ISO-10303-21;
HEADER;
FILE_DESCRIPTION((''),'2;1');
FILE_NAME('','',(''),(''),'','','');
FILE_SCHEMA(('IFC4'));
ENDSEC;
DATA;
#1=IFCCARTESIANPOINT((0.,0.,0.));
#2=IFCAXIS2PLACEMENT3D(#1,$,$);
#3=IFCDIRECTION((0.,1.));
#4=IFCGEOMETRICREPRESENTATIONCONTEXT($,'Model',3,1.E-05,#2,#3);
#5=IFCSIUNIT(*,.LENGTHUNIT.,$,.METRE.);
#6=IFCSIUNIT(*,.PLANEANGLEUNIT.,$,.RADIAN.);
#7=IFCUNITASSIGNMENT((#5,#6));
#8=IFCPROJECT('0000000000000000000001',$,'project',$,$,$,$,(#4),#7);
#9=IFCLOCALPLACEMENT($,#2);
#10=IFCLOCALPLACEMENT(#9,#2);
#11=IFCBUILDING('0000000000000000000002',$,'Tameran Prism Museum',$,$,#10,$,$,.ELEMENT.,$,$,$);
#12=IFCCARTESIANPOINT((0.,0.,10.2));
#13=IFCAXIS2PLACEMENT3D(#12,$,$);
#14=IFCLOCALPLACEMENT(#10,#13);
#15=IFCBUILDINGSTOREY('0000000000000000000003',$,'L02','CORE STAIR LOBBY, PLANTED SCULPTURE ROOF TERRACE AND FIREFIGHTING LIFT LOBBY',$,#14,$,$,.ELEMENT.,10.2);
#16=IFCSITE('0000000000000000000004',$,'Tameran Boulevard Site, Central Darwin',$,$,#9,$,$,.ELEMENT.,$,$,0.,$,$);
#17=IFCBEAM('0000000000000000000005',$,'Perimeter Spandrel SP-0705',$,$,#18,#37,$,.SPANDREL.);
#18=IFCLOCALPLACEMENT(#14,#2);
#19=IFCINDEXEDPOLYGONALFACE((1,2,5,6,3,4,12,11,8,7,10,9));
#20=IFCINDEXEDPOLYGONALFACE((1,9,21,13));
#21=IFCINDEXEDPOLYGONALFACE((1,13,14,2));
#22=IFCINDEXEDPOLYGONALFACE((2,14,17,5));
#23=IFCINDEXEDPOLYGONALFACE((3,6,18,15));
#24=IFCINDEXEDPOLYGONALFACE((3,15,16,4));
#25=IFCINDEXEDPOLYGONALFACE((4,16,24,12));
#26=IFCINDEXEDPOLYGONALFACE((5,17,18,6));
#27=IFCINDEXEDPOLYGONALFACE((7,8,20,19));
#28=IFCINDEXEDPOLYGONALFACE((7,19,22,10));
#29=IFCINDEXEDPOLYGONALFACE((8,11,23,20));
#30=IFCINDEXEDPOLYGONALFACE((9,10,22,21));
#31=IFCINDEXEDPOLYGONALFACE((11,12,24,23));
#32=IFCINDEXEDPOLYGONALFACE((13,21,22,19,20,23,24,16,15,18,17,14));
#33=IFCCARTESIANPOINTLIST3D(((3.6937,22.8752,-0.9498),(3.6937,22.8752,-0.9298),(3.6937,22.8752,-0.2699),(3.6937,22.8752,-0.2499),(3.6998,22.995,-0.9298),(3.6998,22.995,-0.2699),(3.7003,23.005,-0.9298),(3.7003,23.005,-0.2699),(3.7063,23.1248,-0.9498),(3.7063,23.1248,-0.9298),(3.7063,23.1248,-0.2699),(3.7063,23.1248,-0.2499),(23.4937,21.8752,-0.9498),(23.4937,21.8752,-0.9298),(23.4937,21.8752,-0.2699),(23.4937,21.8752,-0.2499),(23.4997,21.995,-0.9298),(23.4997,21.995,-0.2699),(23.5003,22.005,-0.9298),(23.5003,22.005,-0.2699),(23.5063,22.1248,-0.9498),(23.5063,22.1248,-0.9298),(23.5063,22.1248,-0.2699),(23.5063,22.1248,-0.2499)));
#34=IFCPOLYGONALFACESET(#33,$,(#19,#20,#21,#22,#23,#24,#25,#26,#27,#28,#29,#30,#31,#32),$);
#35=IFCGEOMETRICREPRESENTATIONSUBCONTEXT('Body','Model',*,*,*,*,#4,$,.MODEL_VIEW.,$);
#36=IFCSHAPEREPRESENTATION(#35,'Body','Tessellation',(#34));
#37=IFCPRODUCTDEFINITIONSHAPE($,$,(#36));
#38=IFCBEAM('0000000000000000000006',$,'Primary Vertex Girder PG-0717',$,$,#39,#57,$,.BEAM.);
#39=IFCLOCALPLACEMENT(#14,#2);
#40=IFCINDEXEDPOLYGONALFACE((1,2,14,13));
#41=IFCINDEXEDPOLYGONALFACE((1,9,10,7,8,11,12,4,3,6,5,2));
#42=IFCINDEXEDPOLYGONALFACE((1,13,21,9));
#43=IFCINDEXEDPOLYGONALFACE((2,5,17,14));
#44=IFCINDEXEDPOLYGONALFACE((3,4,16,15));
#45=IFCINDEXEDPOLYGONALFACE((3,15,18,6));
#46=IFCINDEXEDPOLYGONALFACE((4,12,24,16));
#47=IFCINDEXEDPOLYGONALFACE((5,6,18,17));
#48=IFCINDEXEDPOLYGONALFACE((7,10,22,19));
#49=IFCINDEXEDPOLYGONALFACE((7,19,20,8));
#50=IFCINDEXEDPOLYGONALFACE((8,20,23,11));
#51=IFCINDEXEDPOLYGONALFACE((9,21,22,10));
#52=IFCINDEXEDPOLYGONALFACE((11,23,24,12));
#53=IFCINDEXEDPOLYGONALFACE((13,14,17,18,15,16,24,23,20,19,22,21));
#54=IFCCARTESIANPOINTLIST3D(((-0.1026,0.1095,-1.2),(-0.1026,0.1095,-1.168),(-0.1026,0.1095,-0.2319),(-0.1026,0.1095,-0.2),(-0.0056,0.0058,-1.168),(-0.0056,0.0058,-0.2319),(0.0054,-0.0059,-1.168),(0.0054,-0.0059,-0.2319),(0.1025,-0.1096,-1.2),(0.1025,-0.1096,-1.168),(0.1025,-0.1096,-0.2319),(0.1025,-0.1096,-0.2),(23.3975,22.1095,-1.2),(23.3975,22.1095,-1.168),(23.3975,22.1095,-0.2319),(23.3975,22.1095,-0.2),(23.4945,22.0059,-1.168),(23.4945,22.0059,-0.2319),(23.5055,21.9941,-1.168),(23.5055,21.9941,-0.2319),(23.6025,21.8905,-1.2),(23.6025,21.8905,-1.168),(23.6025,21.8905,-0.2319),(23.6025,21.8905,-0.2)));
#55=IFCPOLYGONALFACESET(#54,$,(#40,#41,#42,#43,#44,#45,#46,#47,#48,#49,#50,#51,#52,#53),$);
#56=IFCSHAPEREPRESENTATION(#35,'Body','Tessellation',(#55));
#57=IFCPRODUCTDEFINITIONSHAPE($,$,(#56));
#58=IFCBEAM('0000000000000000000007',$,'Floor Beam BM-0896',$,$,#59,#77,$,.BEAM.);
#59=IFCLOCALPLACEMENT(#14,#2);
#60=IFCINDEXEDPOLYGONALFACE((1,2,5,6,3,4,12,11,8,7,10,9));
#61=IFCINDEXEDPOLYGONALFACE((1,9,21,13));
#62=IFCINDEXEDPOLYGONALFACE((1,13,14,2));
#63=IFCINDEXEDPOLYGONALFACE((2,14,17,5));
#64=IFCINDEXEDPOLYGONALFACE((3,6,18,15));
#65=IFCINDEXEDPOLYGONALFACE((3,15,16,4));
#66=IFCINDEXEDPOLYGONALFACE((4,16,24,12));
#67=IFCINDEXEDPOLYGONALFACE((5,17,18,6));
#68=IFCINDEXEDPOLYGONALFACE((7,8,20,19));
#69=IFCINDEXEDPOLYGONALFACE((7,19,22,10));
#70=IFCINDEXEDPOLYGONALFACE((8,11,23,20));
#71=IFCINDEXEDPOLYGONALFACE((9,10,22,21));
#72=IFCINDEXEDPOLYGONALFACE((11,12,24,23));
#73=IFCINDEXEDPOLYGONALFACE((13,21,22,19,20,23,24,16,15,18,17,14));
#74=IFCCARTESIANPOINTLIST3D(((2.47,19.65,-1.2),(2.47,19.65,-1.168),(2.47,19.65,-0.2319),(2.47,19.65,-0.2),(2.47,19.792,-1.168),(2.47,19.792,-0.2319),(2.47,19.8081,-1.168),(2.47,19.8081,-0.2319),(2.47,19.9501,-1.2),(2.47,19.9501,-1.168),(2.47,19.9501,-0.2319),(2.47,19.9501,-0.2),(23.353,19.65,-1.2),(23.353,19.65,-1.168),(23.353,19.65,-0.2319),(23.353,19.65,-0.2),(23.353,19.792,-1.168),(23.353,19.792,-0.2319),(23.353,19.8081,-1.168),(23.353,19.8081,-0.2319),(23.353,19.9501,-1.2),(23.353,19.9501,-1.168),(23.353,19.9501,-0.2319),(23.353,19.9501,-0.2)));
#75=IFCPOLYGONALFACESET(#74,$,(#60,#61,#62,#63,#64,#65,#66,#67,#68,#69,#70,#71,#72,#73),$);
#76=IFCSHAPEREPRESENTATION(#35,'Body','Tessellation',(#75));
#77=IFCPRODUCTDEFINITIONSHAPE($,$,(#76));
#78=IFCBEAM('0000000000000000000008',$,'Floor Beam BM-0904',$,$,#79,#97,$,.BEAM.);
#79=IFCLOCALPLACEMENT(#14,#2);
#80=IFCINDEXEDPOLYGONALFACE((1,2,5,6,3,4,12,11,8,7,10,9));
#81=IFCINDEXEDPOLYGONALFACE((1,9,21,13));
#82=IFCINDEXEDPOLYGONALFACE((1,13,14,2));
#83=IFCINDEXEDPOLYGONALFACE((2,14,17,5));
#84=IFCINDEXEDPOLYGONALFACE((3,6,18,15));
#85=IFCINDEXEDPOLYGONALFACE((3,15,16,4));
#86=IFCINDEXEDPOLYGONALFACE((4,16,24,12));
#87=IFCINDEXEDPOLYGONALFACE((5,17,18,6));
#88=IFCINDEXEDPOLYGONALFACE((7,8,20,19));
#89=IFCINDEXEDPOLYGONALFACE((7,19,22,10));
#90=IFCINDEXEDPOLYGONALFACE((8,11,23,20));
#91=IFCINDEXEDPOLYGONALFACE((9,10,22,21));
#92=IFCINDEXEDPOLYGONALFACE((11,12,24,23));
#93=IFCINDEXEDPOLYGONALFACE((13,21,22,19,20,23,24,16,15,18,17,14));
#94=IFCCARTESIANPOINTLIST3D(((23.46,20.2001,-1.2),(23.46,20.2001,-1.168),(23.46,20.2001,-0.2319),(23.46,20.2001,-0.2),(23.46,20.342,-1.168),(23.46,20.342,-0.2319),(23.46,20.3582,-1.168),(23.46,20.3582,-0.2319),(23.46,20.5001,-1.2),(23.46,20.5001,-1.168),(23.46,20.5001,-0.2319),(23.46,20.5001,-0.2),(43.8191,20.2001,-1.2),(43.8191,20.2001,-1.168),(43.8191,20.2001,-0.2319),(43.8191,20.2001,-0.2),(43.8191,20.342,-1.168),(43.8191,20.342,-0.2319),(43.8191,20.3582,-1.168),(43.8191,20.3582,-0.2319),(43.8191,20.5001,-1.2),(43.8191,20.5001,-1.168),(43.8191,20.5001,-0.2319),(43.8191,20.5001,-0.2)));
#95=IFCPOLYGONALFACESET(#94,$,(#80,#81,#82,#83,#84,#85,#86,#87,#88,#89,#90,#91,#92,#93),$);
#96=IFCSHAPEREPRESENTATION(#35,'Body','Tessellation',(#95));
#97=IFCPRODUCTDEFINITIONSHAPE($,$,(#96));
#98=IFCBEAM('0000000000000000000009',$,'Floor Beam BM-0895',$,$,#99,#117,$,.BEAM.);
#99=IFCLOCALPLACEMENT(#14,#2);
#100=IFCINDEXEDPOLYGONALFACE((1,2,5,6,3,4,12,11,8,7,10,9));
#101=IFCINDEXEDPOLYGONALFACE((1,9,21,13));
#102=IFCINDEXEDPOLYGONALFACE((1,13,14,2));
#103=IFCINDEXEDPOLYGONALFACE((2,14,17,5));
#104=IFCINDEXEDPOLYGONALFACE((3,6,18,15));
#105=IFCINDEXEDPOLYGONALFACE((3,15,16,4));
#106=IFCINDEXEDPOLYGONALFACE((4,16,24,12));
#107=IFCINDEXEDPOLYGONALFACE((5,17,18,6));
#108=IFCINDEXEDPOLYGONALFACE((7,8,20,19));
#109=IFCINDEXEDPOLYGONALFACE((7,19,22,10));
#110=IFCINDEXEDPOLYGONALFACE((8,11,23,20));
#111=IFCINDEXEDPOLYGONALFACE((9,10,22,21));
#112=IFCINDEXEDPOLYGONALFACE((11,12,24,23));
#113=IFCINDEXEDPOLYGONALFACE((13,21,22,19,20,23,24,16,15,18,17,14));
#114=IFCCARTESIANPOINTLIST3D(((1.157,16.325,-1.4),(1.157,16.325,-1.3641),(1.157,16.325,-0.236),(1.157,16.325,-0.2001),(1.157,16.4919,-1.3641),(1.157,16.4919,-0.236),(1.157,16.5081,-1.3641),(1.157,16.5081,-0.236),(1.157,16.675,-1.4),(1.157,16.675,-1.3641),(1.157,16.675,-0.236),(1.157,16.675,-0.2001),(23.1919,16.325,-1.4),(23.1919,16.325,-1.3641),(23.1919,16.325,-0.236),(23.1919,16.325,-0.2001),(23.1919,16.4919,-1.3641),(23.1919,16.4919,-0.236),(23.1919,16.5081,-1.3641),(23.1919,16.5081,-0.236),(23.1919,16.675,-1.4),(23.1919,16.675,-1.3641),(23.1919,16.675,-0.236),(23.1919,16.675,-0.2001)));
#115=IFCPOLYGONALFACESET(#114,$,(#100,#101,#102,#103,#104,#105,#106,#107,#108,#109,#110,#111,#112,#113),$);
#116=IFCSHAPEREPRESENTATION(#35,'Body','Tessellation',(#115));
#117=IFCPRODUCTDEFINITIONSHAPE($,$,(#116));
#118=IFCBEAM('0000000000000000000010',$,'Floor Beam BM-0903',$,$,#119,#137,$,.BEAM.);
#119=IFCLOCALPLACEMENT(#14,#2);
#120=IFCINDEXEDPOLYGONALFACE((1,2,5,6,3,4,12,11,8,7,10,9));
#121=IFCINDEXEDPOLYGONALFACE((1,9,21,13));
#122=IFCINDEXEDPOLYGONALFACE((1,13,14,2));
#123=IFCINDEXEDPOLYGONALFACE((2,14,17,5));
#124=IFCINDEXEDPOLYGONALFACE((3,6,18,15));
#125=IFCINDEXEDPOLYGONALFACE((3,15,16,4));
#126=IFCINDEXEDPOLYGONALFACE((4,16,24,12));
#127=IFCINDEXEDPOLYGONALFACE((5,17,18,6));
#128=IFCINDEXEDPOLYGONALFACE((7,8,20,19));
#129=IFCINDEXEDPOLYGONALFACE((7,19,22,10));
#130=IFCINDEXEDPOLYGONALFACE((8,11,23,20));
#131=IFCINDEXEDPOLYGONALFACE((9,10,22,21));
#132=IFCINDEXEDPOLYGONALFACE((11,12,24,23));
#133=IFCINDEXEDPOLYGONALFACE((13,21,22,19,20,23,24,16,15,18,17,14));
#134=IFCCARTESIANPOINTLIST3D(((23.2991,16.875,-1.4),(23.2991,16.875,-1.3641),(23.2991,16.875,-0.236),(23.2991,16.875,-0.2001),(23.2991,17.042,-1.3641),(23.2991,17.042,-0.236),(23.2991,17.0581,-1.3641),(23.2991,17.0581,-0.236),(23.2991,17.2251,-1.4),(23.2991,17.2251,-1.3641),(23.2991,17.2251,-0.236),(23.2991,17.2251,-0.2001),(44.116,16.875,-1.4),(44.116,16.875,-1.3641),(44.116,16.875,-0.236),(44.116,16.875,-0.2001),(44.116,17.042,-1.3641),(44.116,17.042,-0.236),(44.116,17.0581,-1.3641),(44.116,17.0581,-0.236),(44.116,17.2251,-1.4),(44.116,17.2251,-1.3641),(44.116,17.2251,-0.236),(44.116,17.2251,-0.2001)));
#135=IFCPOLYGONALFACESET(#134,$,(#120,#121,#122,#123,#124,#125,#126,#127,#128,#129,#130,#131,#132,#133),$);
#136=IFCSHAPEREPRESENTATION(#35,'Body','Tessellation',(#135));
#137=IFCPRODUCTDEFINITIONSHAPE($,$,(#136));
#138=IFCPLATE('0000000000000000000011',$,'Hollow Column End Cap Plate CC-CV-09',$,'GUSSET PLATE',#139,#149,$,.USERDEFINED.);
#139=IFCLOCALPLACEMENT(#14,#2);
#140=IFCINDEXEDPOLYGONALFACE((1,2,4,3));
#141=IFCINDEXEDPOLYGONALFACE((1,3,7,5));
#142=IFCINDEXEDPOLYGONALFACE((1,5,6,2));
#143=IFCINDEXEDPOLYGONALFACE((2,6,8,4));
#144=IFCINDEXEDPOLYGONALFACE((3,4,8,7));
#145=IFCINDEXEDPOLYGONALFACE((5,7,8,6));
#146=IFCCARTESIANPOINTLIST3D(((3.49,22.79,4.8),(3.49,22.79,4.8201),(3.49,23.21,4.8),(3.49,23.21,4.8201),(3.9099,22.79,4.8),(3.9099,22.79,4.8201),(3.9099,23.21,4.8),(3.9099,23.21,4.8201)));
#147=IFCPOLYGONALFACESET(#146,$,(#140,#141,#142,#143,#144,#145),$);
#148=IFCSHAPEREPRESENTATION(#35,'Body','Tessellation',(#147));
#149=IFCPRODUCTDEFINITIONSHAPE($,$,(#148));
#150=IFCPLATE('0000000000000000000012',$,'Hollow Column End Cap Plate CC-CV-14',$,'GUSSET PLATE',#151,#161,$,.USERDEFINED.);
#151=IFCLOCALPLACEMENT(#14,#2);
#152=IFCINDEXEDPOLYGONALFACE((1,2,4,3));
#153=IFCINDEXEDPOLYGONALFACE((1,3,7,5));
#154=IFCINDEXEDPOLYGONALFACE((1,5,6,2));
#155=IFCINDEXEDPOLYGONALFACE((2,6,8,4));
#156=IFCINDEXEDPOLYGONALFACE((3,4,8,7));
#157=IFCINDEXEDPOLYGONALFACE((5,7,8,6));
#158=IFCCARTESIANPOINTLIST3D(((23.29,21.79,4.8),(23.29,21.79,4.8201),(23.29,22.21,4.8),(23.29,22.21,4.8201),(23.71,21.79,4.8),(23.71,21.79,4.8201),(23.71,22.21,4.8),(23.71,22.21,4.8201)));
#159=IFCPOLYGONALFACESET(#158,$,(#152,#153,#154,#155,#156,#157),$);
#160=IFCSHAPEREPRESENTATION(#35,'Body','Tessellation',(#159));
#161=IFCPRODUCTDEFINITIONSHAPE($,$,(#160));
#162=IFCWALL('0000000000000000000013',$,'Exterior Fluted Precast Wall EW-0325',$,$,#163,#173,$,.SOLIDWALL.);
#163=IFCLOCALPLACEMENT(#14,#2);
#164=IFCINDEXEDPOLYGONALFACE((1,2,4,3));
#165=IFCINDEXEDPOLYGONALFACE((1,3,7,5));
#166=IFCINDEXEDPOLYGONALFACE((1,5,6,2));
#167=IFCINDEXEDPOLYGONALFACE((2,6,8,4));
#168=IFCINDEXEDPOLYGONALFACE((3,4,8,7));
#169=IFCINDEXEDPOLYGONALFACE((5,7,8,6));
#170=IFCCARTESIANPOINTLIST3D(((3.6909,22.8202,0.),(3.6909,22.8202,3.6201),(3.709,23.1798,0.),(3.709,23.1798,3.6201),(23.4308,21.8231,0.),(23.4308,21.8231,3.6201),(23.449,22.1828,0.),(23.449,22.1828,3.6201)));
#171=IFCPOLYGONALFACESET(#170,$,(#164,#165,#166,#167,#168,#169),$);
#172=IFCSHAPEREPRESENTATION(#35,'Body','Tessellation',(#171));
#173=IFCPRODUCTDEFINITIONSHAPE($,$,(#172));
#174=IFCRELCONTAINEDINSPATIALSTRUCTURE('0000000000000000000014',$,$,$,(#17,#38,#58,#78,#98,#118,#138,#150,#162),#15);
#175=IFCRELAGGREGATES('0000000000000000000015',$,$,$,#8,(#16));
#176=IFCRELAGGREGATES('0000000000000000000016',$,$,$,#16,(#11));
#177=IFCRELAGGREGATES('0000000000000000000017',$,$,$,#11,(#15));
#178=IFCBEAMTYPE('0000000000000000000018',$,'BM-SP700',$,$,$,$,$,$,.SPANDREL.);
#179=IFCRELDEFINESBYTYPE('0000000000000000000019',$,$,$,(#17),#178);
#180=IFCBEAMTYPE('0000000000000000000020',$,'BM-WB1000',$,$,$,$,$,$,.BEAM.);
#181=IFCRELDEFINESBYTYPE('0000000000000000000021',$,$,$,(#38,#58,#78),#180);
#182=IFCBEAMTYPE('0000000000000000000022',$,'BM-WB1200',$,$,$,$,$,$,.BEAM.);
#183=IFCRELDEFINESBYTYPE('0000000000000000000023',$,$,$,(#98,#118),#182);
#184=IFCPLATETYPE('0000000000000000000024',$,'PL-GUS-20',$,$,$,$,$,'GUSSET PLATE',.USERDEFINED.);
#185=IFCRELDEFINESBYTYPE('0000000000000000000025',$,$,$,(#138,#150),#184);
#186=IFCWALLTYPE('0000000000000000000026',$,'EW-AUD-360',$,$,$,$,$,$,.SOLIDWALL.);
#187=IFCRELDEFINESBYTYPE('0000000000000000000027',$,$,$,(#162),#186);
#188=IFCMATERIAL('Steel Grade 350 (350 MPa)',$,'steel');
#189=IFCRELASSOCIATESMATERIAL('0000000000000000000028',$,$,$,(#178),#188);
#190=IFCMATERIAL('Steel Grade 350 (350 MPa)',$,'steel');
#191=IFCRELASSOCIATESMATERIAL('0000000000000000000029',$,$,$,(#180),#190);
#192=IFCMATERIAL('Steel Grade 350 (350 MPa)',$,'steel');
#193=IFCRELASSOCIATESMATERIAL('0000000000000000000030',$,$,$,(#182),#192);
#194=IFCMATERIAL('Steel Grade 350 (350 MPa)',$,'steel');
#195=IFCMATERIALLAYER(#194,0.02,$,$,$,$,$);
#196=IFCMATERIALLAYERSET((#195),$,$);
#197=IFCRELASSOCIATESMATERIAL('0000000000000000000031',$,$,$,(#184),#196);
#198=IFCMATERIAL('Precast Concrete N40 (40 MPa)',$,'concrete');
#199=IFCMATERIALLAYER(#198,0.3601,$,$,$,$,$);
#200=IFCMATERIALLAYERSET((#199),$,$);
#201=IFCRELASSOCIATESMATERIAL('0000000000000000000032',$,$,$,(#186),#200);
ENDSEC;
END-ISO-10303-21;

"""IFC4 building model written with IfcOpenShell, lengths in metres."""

from ifc_helpers import new_model, si_unit, direction, frame, frame_2d, origin, origin_2d, place, context, subcontext, project, spatial, rectangle, i_section, extrude, material, layer, layer_set, material_profile, profile_set, type_object, element, save


model = new_model("IFC4")

# Units and contexts
model_context = context("Model", 3, precision=1e-05, world=origin(), true_north=direction((0.0, 1.0)))
body_context = subcontext(model_context, "Body", "Model", "MODEL_VIEW")
ifc_project = project(units=[si_unit("LENGTHUNIT", "METRE"), si_unit("PLANEANGLEUNIT", "RADIAN")], contexts=[model_context])

# Site, building, storey
site_placement = place(None, origin())
site = spatial("IfcSite", under=ifc_project, at=site_placement, Name="Tameran Boulevard Site, Central Darwin", CompositionType="ELEMENT", RefElevation=0.0)
building_placement = place(site_placement, origin())
building = spatial("IfcBuilding", under=site, at=building_placement, Name="Tameran Prism Museum", CompositionType="ELEMENT")
storey_placement = place(building_placement, frame((0.0, 0.0, 10.2)))
storey = spatial("IfcBuildingStorey", under=building, at=storey_placement, Name="L02", Description="CORE STAIR LOBBY, PLANTED SCULPTURE ROOF TERRACE AND FIREFIGHTING LIFT LOBBY", CompositionType="ELEMENT", Elevation=10.2)

# Beams
ifc_material_1 = material(Name="Steel Grade 350 (350 MPa)", Category="steel")
ifc_material_profile_1 = material_profile(ifc_material_1, i_section(OverallWidth=0.25, OverallDepth=0.7, WebThickness=0.01, FlangeThickness=0.02, at=origin_2d()))
ifc_profile_set_1 = profile_set([ifc_material_profile_1])
beam_type_1 = type_object("IfcBeamType", Name="BM-SP700", PredefinedType="SPANDREL", material=ifc_profile_set_1)
beam_1_placement = place(storey_placement, frame((23.5, 22.0, -0.5999), z_axis=(-0.998727, 0.050441, 0.0), x_axis=(-0.050441, -0.998727, 0.0)))
element("IfcBeam", 1, at=beam_1_placement, inside=storey, type_object=beam_type_1, Name="Perimeter Spandrel SP-0705", PredefinedType="SPANDREL", context=body_context, shape_type="SweptSolid", body=[
    extrude(i_section(OverallWidth=0.25, OverallDepth=0.7, WebThickness=0.01, FlangeThickness=0.02, at=origin_2d()), origin(), (0.0, 0.0, 1.0), 19.8252),
])
ifc_material_2 = material(Name="Steel Grade 350 (350 MPa)", Category="steel")
ifc_material_profile_2 = material_profile(ifc_material_2, i_section(OverallWidth=0.3, OverallDepth=1.0, WebThickness=0.0161, FlangeThickness=0.032, at=origin_2d()))
ifc_profile_set_2 = profile_set([ifc_material_profile_2])
beam_type_2 = type_object("IfcBeamType", Name="BM-WB1000", PredefinedType="BEAM", material=ifc_profile_set_2)
beam_2_placement = place(storey_placement, frame((23.5, 22.0, -0.7), z_axis=(-0.730021, -0.683424, 0.0), x_axis=(0.683424, -0.730021, 0.0)))
element("IfcBeam", 2, at=beam_2_placement, inside=storey, type_object=beam_type_2, Name="Primary Vertex Girder PG-0717", PredefinedType="BEAM", context=body_context, shape_type="SweptSolid", body=[
    extrude(i_section(OverallWidth=0.3, OverallDepth=1.0, WebThickness=0.0161, FlangeThickness=0.032, at=origin_2d()), origin(), (0.0, 0.0, 1.0), 32.1909),
])
beam_3_placement = place(storey_placement, frame((2.47, 19.8, -0.7), z_axis=(1.0, 0.0, 0.0), x_axis=(0.0, 1.0, 0.0)))
element("IfcBeam", 3, at=beam_3_placement, inside=storey, type_object=beam_type_2, Name="Floor Beam BM-0896", PredefinedType="BEAM", context=body_context, shape_type="SweptSolid", body=[
    extrude(i_section(OverallWidth=0.3, OverallDepth=1.0, WebThickness=0.0161, FlangeThickness=0.032, at=origin_2d()), origin(), (0.0, 0.0, 1.0), 20.8831),
])
beam_4_placement = place(storey_placement, frame((23.46, 20.3501, -0.7), z_axis=(1.0, 0.0, 0.0), x_axis=(0.0, 1.0, 0.0)))
element("IfcBeam", 4, at=beam_4_placement, inside=storey, type_object=beam_type_2, Name="Floor Beam BM-0904", PredefinedType="BEAM", context=body_context, shape_type="SweptSolid", body=[
    extrude(i_section(OverallWidth=0.3, OverallDepth=1.0, WebThickness=0.0161, FlangeThickness=0.032, at=origin_2d()), origin(), (0.0, 0.0, 1.0), 20.3591),
])
ifc_material_3 = material(Name="Steel Grade 350 (350 MPa)", Category="steel")
ifc_material_profile_3 = material_profile(ifc_material_3, i_section(OverallWidth=0.3501, OverallDepth=1.2, WebThickness=0.0161, FlangeThickness=0.0359, at=origin_2d()))
ifc_profile_set_3 = profile_set([ifc_material_profile_3])
beam_type_3 = type_object("IfcBeamType", Name="BM-WB1200", PredefinedType="BEAM", material=ifc_profile_set_3)
beam_5_placement = place(storey_placement, frame((1.157, 16.5, -0.8), z_axis=(1.0, 0.0, 0.0), x_axis=(0.0, 1.0, 0.0)))
element("IfcBeam", 5, at=beam_5_placement, inside=storey, type_object=beam_type_3, Name="Floor Beam BM-0895", PredefinedType="BEAM", context=body_context, shape_type="SweptSolid", body=[
    extrude(i_section(OverallWidth=0.3501, OverallDepth=1.2, WebThickness=0.0161, FlangeThickness=0.0359, at=origin_2d()), origin(), (0.0, 0.0, 1.0), 22.0349),
])
beam_6_placement = place(storey_placement, frame((23.2991, 17.05, -0.8), z_axis=(1.0, 0.0, 0.0), x_axis=(0.0, 1.0, 0.0)))
element("IfcBeam", 6, at=beam_6_placement, inside=storey, type_object=beam_type_3, Name="Floor Beam BM-0903", PredefinedType="BEAM", context=body_context, shape_type="SweptSolid", body=[
    extrude(i_section(OverallWidth=0.3501, OverallDepth=1.2, WebThickness=0.0161, FlangeThickness=0.0359, at=origin_2d()), origin(), (0.0, 0.0, 1.0), 20.8169),
])

# Plates
ifc_material_4 = material(Name="Steel Grade 350 (350 MPa)", Category="steel")
ifc_layer_1 = layer(ifc_material_4, 0.02)
ifc_layer_set_1 = layer_set([ifc_layer_1])
plate_type = type_object("IfcPlateType", Name="PL-GUS-20", ElementType="GUSSET PLATE", PredefinedType="USERDEFINED", material=ifc_layer_set_1)
for number, where, z_axis, x_axis, name in (
    (7, (3.7, 23.0, 4.8), (0.0, 0.0, 1.0), (1.0, 0.0, 0.0), "Hollow Column End Cap Plate CC-CV-09"),
    (8, (23.5, 22.0, 4.8), (0.0, 0.0, 1.0), (1.0, 0.0, 0.0), "Hollow Column End Cap Plate CC-CV-14"),
):
    element("IfcPlate", number, at=place(storey_placement, frame(where, z_axis=z_axis, x_axis=x_axis)), inside=storey, type_object=plate_type, Name=name, ObjectType="GUSSET PLATE", PredefinedType="USERDEFINED", context=body_context, shape_type="SweptSolid", body=[
        extrude(rectangle(XDim=0.4199, YDim=0.4199, at=origin_2d()), origin(), (0.0, 0.0, 1.0), 0.02),
    ])

# Wall
ifc_material_5 = material(Name="Precast Concrete N40 (40 MPa)", Category="concrete")
ifc_layer_2 = layer(ifc_material_5, 0.3601)
ifc_layer_set_2 = layer_set([ifc_layer_2])
wall_type_1 = type_object("IfcWallType", Name="EW-AUD-360", PredefinedType="SOLIDWALL", material=ifc_layer_set_2)
wall_1_placement = place(storey_placement, frame((3.7, 23.0, 0.0), z_axis=(0.0, 0.0, 1.0), x_axis=(0.998727, -0.050446, 0.0)))
element("IfcWall", 9, at=wall_1_placement, inside=storey, type_object=wall_type_1, Name="Exterior Fluted Precast Wall EW-0325", PredefinedType="SOLIDWALL", context=body_context, shape_type="SweptSolid", body=[
    extrude(rectangle(XDim=19.7651, YDim=0.3601, at=frame_2d((9.8826, 0.0))), origin(), (0.0, 0.0, 1.0), 3.6201),
])

save(model, "model.ifc")
